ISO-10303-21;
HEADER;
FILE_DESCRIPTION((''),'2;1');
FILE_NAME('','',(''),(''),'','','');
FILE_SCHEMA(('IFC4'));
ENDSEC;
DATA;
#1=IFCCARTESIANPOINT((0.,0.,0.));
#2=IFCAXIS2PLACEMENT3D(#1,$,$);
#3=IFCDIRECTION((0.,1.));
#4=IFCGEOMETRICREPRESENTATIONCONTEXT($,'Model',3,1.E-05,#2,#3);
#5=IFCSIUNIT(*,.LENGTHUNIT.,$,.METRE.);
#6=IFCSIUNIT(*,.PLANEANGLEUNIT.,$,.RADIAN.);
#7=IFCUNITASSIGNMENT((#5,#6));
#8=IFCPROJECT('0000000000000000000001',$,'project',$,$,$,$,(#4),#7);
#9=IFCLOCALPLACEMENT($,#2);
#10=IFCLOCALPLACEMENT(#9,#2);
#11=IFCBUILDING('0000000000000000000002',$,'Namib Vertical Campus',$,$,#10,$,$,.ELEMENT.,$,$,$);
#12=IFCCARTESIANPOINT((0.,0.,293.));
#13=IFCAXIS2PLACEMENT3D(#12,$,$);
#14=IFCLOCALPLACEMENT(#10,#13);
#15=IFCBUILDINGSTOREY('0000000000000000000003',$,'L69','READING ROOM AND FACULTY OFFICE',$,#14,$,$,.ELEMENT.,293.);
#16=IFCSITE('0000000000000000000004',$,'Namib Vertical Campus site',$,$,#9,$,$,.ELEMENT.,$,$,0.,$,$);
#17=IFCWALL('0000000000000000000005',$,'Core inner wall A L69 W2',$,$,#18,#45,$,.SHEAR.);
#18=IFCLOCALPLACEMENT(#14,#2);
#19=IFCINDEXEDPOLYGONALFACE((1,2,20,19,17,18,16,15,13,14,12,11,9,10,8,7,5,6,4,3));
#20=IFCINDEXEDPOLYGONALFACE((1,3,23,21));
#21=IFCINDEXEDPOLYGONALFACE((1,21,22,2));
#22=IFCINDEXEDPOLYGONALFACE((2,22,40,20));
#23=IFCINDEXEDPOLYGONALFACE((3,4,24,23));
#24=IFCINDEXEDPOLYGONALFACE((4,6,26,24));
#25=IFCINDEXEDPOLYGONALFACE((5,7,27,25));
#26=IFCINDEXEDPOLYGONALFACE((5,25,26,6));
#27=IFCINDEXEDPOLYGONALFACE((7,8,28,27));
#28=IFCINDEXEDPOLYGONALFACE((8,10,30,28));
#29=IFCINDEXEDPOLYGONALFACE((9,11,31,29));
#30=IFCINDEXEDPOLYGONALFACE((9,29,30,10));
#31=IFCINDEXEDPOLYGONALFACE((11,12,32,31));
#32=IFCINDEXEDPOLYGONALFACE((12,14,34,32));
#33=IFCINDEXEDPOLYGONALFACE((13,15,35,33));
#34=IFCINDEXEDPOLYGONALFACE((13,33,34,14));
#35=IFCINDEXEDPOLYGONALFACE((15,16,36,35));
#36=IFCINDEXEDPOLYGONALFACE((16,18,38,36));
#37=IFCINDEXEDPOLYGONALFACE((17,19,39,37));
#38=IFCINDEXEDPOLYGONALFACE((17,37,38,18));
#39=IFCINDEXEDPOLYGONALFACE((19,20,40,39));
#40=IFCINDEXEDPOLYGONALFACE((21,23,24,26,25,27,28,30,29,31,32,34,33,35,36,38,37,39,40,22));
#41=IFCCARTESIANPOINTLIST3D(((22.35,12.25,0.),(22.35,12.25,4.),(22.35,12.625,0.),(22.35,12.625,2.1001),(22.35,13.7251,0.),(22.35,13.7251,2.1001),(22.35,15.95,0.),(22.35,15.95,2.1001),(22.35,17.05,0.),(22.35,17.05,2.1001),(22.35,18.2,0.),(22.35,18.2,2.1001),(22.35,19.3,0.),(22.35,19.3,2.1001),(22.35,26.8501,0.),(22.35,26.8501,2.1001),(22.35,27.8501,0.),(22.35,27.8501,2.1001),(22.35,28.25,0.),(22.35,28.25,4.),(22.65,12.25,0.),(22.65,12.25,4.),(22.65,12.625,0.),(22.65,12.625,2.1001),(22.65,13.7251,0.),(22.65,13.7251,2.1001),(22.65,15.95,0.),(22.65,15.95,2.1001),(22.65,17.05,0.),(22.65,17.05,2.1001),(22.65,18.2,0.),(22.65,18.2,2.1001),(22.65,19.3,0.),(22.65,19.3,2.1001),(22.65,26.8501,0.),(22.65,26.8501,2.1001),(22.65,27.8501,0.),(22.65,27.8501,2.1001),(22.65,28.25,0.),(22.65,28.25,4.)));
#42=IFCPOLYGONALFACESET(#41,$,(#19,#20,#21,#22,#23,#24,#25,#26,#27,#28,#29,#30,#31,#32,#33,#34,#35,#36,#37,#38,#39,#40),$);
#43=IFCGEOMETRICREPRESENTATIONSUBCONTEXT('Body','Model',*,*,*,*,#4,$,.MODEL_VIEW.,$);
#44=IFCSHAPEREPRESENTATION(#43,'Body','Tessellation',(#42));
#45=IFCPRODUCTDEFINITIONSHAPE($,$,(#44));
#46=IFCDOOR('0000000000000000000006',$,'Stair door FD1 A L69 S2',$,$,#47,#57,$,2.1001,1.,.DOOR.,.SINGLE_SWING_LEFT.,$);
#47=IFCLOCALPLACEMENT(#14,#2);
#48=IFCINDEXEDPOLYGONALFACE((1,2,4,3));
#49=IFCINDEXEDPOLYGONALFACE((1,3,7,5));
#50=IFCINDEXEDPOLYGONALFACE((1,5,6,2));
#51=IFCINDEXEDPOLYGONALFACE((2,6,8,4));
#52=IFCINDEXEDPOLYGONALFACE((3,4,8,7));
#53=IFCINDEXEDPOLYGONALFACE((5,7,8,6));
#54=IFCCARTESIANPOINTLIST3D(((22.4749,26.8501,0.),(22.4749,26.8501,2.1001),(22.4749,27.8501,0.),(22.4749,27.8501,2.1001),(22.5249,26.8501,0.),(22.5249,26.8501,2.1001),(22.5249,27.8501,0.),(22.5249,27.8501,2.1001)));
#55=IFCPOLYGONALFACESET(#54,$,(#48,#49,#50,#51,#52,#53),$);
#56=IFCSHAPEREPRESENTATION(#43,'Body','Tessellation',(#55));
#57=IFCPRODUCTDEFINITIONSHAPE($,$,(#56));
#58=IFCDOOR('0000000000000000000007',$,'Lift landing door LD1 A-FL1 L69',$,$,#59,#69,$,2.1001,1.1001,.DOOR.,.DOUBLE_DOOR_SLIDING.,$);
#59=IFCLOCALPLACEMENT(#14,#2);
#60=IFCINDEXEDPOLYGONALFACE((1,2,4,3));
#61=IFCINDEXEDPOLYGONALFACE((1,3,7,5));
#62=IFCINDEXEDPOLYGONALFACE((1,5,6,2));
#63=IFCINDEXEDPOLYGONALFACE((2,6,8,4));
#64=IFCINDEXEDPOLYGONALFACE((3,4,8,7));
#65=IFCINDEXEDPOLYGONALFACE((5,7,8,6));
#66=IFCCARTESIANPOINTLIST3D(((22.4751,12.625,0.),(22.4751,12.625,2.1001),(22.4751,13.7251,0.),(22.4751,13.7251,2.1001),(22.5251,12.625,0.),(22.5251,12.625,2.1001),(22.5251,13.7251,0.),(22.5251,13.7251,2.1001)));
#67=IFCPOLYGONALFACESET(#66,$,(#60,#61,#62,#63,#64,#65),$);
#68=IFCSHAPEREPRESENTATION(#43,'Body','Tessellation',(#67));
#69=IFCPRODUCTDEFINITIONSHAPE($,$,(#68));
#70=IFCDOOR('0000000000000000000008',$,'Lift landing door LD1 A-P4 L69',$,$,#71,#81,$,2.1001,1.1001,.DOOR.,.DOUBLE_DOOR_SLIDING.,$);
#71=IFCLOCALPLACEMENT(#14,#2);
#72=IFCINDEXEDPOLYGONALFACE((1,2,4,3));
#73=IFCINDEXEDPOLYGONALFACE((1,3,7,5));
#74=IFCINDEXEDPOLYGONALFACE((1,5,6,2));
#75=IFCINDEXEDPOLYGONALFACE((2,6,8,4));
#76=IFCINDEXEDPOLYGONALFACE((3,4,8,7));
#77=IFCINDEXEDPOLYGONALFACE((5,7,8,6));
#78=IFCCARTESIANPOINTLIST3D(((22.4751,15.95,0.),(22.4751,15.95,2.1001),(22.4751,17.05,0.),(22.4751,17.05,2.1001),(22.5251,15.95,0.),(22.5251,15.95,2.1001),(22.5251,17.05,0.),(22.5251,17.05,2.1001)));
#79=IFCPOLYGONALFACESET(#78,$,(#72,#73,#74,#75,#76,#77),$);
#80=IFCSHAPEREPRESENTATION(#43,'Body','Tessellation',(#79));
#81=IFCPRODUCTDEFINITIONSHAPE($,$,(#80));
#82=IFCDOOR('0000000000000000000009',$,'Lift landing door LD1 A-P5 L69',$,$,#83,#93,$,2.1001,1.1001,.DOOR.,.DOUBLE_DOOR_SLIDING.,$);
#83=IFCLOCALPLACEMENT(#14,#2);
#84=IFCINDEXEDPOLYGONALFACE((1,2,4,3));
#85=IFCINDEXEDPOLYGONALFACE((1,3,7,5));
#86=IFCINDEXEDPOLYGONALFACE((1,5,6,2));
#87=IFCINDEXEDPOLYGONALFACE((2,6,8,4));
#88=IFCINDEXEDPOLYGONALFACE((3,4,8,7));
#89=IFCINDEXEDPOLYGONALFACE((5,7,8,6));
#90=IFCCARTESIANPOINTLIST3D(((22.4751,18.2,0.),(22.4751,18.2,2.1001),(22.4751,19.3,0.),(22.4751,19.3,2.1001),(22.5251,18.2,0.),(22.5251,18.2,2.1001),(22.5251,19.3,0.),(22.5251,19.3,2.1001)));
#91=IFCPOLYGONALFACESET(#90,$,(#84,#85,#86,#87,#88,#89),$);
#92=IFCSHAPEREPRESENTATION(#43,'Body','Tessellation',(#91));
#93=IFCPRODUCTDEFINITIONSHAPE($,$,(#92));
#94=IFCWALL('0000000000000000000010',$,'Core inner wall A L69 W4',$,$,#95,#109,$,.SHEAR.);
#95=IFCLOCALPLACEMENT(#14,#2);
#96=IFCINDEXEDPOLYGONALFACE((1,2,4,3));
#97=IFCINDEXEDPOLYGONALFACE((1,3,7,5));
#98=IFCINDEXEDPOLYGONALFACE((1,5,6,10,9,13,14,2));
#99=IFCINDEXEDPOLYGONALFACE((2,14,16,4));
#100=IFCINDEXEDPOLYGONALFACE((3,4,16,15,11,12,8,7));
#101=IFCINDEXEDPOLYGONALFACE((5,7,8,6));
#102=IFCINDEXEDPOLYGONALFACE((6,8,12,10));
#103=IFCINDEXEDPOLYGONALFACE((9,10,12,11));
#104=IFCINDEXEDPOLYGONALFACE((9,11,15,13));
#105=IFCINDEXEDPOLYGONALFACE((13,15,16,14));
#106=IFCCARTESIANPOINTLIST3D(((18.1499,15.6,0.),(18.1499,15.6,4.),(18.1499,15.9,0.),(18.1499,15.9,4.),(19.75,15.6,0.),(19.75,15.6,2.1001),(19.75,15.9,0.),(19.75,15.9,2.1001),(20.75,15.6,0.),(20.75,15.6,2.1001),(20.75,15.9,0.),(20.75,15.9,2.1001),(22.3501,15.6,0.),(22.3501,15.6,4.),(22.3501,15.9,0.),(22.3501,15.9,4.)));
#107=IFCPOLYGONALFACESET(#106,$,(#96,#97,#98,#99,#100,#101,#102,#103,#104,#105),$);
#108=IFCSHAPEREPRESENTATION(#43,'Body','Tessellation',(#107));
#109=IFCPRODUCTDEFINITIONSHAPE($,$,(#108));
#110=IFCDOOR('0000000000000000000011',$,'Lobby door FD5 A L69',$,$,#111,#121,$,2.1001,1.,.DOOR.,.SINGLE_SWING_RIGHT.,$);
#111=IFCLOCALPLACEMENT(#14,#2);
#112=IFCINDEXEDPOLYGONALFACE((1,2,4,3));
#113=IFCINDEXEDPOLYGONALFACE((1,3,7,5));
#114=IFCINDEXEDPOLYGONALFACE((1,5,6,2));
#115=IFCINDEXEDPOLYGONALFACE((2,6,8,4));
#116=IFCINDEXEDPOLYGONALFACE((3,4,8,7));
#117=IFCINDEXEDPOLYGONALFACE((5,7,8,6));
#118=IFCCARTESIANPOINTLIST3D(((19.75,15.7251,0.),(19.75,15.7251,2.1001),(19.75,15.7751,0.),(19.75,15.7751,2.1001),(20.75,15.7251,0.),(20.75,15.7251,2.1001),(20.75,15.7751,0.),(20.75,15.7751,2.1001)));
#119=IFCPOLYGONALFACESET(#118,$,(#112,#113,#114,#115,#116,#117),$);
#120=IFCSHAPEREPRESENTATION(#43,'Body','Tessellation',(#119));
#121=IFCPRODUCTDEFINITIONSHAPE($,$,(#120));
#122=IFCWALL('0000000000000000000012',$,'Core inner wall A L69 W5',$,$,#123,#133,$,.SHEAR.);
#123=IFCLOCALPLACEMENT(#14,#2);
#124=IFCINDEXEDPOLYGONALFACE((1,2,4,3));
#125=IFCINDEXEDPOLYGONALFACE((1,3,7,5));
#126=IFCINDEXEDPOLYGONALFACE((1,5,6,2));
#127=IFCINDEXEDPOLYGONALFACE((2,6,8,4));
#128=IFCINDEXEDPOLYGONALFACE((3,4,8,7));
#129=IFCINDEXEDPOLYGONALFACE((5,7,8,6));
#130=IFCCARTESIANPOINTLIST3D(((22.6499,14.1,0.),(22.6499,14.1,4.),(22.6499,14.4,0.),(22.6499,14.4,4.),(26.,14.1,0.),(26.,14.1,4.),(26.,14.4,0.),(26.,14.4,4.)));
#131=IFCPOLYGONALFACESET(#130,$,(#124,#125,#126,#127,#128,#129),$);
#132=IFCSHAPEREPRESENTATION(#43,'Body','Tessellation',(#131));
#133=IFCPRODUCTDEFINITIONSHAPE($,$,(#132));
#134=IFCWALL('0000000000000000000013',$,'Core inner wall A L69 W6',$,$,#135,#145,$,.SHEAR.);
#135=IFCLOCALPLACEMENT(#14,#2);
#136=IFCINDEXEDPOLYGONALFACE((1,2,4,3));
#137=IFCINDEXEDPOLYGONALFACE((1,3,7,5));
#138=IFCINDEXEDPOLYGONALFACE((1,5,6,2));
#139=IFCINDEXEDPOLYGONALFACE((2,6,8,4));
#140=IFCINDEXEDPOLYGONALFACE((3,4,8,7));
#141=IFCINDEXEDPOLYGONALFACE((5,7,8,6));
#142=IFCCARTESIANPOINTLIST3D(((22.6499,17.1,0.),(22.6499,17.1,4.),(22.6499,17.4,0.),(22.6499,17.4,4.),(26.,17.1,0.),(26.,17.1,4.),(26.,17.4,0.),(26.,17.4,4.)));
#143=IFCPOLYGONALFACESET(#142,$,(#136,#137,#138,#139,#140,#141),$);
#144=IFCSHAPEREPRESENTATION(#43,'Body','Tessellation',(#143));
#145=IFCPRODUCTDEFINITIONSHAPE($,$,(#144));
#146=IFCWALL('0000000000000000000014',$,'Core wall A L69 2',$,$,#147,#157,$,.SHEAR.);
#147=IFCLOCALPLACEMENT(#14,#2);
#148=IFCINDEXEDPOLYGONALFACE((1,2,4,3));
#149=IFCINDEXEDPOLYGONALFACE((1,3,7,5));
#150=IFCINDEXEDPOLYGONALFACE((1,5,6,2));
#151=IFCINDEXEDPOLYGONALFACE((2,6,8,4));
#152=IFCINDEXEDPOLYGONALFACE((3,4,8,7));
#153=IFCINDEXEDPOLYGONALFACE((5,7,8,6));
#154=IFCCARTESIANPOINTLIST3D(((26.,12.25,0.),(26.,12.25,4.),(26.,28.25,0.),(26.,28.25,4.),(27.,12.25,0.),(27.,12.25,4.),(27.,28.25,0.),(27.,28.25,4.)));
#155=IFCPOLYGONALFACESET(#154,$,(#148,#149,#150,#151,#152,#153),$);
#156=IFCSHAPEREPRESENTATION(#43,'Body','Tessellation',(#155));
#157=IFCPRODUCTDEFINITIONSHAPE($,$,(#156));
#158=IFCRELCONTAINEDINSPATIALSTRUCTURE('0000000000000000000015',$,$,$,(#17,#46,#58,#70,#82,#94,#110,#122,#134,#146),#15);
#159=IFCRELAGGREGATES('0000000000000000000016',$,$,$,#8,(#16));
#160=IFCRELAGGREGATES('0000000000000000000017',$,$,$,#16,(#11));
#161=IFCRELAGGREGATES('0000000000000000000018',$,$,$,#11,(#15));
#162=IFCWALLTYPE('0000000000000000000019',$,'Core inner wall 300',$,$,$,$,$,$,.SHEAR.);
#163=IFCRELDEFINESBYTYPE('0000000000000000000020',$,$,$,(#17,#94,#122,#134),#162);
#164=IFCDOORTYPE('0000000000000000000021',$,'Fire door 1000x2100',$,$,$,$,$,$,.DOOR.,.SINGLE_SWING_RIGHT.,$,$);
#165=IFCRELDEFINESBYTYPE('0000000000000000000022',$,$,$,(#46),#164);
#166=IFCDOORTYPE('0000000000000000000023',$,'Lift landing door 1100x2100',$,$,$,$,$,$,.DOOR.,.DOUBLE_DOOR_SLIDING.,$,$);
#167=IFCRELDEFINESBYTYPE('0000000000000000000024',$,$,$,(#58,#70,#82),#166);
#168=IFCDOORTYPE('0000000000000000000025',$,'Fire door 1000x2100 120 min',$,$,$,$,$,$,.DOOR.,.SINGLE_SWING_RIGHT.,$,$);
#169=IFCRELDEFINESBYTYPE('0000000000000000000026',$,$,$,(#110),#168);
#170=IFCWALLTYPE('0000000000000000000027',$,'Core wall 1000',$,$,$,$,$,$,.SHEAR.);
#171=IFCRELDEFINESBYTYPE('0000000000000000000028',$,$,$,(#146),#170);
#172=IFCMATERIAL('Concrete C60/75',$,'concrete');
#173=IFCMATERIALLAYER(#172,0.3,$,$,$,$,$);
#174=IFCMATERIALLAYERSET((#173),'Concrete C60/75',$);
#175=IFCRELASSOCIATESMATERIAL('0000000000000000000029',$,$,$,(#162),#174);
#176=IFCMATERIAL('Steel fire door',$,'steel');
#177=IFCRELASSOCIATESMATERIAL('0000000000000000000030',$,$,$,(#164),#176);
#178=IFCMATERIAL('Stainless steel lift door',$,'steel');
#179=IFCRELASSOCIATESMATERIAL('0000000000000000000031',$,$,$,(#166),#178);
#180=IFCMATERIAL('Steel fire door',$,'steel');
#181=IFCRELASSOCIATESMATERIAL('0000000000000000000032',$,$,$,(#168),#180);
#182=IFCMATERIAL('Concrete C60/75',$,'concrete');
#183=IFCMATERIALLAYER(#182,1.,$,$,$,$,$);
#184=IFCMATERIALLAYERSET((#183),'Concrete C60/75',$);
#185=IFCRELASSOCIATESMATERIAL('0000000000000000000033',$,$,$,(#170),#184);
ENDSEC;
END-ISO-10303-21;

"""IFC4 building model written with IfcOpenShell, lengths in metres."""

from ifc_helpers import new_model, si_unit, direction, frame, frame_2d, origin, place, context, subcontext, project, spatial, rectangle, extrude, material, layer, layer_set, type_object, element, fill, save


model = new_model("IFC4")

# Units and contexts
model_context = context("Model", 3, precision=1e-05, world=origin(), true_north=direction((0.0, 1.0)))
body_context = subcontext(model_context, "Body", "Model", "MODEL_VIEW")
ifc_project = project(units=[si_unit("LENGTHUNIT", "METRE"), si_unit("PLANEANGLEUNIT", "RADIAN")], contexts=[model_context])

# Site, building, storey
site_placement = place(None, origin())
site = spatial("IfcSite", under=ifc_project, at=site_placement, Name="Namib Vertical Campus site", CompositionType="ELEMENT", RefElevation=0.0)
building_placement = place(site_placement, origin())
building = spatial("IfcBuilding", under=site, at=building_placement, Name="Namib Vertical Campus", CompositionType="ELEMENT")
storey_placement = place(building_placement, frame((0.0, 0.0, 293.0)))
storey = spatial("IfcBuildingStorey", under=building, at=storey_placement, Name="L69", Description="READING ROOM AND FACULTY OFFICE", CompositionType="ELEMENT", Elevation=293.0)

# Wall, openings, doors
ifc_material_1 = material(Name="Concrete C60/75", Category="concrete")
ifc_layer_1 = layer(ifc_material_1, 0.3)
ifc_layer_set_1 = layer_set([ifc_layer_1], Name="Concrete C60/75")
wall_type_1 = type_object("IfcWallType", Name="Core inner wall 300", PredefinedType="SHEAR", material=ifc_layer_set_1)
ifc_material_2 = material(Name="Steel fire door", Category="steel")
door_type_1 = type_object("IfcDoorType", Name="Fire door 1000x2100", OperationType="SINGLE_SWING_RIGHT", PredefinedType="DOOR", material=ifc_material_2)
ifc_material_3 = material(Name="Stainless steel lift door", Category="steel")
door_type_2 = type_object("IfcDoorType", Name="Lift landing door 1100x2100", OperationType="DOUBLE_DOOR_SLIDING", PredefinedType="DOOR", material=ifc_material_3)
wall_1_placement = place(storey_placement, frame((22.5, 12.25, 0.0), z_axis=(0.0, 0.0, 1.0), x_axis=(0.0, 1.0, 0.0)))
wall_1 = element("IfcWall", 1, at=wall_1_placement, inside=storey, type_object=wall_type_1, Name="Core inner wall A L69 W2", PredefinedType="SHEAR", context=body_context, shape_type="SweptSolid", body=[
    extrude(rectangle(XDim=16.0, YDim=0.3, at=frame_2d((8.0, 0.0))), origin(), (0.0, 0.0, 1.0), 4.0),
])
opening_1_placement = place(wall_1_placement, frame((14.6001, 0.0, 0.0)))
opening_1 = element("IfcOpeningElement", 2, at=opening_1_placement, cuts=wall_1, PredefinedType="OPENING", context=body_context, shape_type="SweptSolid", body=[
    extrude(rectangle(XDim=1.0, YDim=2.1001, at=frame_2d((0.5, 1.05))), frame((0.0, 0.1599, 0.0), z_axis=(0.0, -1.0, 0.0), x_axis=(1.0, 0.0, 0.0)), (0.0, 0.0, 1.0), 0.3201),
])
opening_2_placement = place(wall_1_placement, frame((0.375, 0.0, 0.0)))
opening_2 = element("IfcOpeningElement", 3, at=opening_2_placement, cuts=wall_1, PredefinedType="OPENING", context=body_context, shape_type="SweptSolid", body=[
    extrude(rectangle(XDim=1.1001, YDim=2.1001, at=frame_2d((0.55, 1.05))), frame((0.0, 0.1599, 0.0), z_axis=(0.0, -1.0, 0.0), x_axis=(1.0, 0.0, 0.0)), (0.0, 0.0, 1.0), 0.3201),
])
opening_3_placement = place(wall_1_placement, frame((3.7, 0.0, 0.0)))
opening_3 = element("IfcOpeningElement", 4, at=opening_3_placement, cuts=wall_1, PredefinedType="OPENING", context=body_context, shape_type="SweptSolid", body=[
    extrude(rectangle(XDim=1.1001, YDim=2.1001, at=frame_2d((0.55, 1.05))), frame((0.0, 0.1599, 0.0), z_axis=(0.0, -1.0, 0.0), x_axis=(1.0, 0.0, 0.0)), (0.0, 0.0, 1.0), 0.3201),
])
opening_4_placement = place(wall_1_placement, frame((5.95, 0.0, 0.0)))
opening_4 = element("IfcOpeningElement", 5, at=opening_4_placement, cuts=wall_1, PredefinedType="OPENING", context=body_context, shape_type="SweptSolid", body=[
    extrude(rectangle(XDim=1.1001, YDim=2.1001, at=frame_2d((0.55, 1.05))), frame((0.0, 0.1599, 0.0), z_axis=(0.0, -1.0, 0.0), x_axis=(1.0, 0.0, 0.0)), (0.0, 0.0, 1.0), 0.3201),
])
door_1_placement = place(opening_1_placement, frame((1.0, 0.0, 0.0), z_axis=(0.0, 0.0, 1.0), x_axis=(-1.0, 0.0, 0.0)))
door_1 = element("IfcDoor", 6, at=door_1_placement, inside=storey, type_object=door_type_1, Name="Stair door FD1 A L69 S2", OperationType="SINGLE_SWING_LEFT", OverallHeight=2.1001, OverallWidth=1.0, PredefinedType="DOOR", context=body_context, shape_type="SweptSolid", body=[
    extrude(rectangle(XDim=1.0, YDim=2.1001, at=frame_2d((0.5, 1.05))), frame((0.0, 0.0249, 0.0), z_axis=(0.0, -1.0, 0.0), x_axis=(1.0, 0.0, 0.0)), (0.0, 0.0, 1.0), 0.05),
])
fill(opening_1, door_1)
door_2_placement = place(opening_2_placement, origin())
door_2 = element("IfcDoor", 7, at=door_2_placement, inside=storey, type_object=door_type_2, Name="Lift landing door LD1 A-FL1 L69", OperationType="DOUBLE_DOOR_SLIDING", OverallHeight=2.1001, OverallWidth=1.1001, PredefinedType="DOOR", context=body_context, shape_type="SweptSolid", body=[
    extrude(rectangle(XDim=1.1001, YDim=2.1001, at=frame_2d((0.55, 1.05))), frame((0.0, 0.0249, 0.0), z_axis=(0.0, -1.0, 0.0), x_axis=(1.0, 0.0, 0.0)), (0.0, 0.0, 1.0), 0.05),
])
fill(opening_2, door_2)
door_3_placement = place(opening_3_placement, origin())
door_3 = element("IfcDoor", 8, at=door_3_placement, inside=storey, type_object=door_type_2, Name="Lift landing door LD1 A-P4 L69", OperationType="DOUBLE_DOOR_SLIDING", OverallHeight=2.1001, OverallWidth=1.1001, PredefinedType="DOOR", context=body_context, shape_type="SweptSolid", body=[
    extrude(rectangle(XDim=1.1001, YDim=2.1001, at=frame_2d((0.55, 1.05))), frame((0.0, 0.0249, 0.0), z_axis=(0.0, -1.0, 0.0), x_axis=(1.0, 0.0, 0.0)), (0.0, 0.0, 1.0), 0.05),
])
fill(opening_3, door_3)
door_4_placement = place(opening_4_placement, origin())
door_4 = element("IfcDoor", 9, at=door_4_placement, inside=storey, type_object=door_type_2, Name="Lift landing door LD1 A-P5 L69", OperationType="DOUBLE_DOOR_SLIDING", OverallHeight=2.1001, OverallWidth=1.1001, PredefinedType="DOOR", context=body_context, shape_type="SweptSolid", body=[
    extrude(rectangle(XDim=1.1001, YDim=2.1001, at=frame_2d((0.55, 1.05))), frame((0.0, 0.0249, 0.0), z_axis=(0.0, -1.0, 0.0), x_axis=(1.0, 0.0, 0.0)), (0.0, 0.0, 1.0), 0.05),
])
fill(opening_4, door_4)

# Wall, opening, door
wall_2_placement = place(storey_placement, frame((18.1499, 15.75, 0.0), z_axis=(0.0, 0.0, 1.0), x_axis=(1.0, 0.0, 0.0)))
wall_2 = element("IfcWall", 10, at=wall_2_placement, inside=storey, type_object=wall_type_1, Name="Core inner wall A L69 W4", PredefinedType="SHEAR", context=body_context, shape_type="SweptSolid", body=[
    extrude(rectangle(XDim=4.2002, YDim=0.3, at=frame_2d((2.1001, 0.0))), origin(), (0.0, 0.0, 1.0), 4.0),
])
opening_5_placement = place(wall_2_placement, frame((1.6001, 0.0, 0.0)))
opening_5 = element("IfcOpeningElement", 11, at=opening_5_placement, cuts=wall_2, PredefinedType="OPENING", context=body_context, shape_type="SweptSolid", body=[
    extrude(rectangle(XDim=1.0, YDim=2.1001, at=frame_2d((0.5, 1.05))), frame((0.0, 0.1599, 0.0), z_axis=(0.0, -1.0, 0.0), x_axis=(1.0, 0.0, 0.0)), (0.0, 0.0, 1.0), 0.3201),
])
ifc_material_4 = material(Name="Steel fire door", Category="steel")
door_type_3 = type_object("IfcDoorType", Name="Fire door 1000x2100 120 min", OperationType="SINGLE_SWING_RIGHT", PredefinedType="DOOR", material=ifc_material_4)
door_5_placement = place(opening_5_placement, frame((1.0, 0.0, 0.0), z_axis=(0.0, 0.0, 1.0), x_axis=(-1.0, 0.0, 0.0)))
door_5 = element("IfcDoor", 12, at=door_5_placement, inside=storey, type_object=door_type_3, Name="Lobby door FD5 A L69", OperationType="SINGLE_SWING_RIGHT", OverallHeight=2.1001, OverallWidth=1.0, PredefinedType="DOOR", context=body_context, shape_type="SweptSolid", body=[
    extrude(rectangle(XDim=1.0, YDim=2.1001, at=frame_2d((0.5, 1.05))), frame((0.0, 0.0249, 0.0), z_axis=(0.0, -1.0, 0.0), x_axis=(1.0, 0.0, 0.0)), (0.0, 0.0, 1.0), 0.05),
])
fill(opening_5, door_5)

# Walls
for number, where, z_axis, x_axis, name in (
    (13, (22.6499, 14.25, 0.0), (0.0, 0.0, 1.0), (1.0, 0.0, 0.0), "Core inner wall A L69 W5"),
    (14, (22.6499, 17.25, 0.0), (0.0, 0.0, 1.0), (1.0, 0.0, 0.0), "Core inner wall A L69 W6"),
):
    element("IfcWall", number, at=place(storey_placement, frame(where, z_axis=z_axis, x_axis=x_axis)), inside=storey, type_object=wall_type_1, Name=name, PredefinedType="SHEAR", context=body_context, shape_type="SweptSolid", body=[
        extrude(rectangle(XDim=3.3501, YDim=0.3, at=frame_2d((1.675, 0.0))), origin(), (0.0, 0.0, 1.0), 4.0),
    ])
ifc_material_5 = material(Name="Concrete C60/75", Category="concrete")
ifc_layer_2 = layer(ifc_material_5, 1.0)
ifc_layer_set_2 = layer_set([ifc_layer_2], Name="Concrete C60/75")
wall_type_2 = type_object("IfcWallType", Name="Core wall 1000", PredefinedType="SHEAR", material=ifc_layer_set_2)
wall_3_placement = place(storey_placement, frame((26.5, 12.25, 0.0), z_axis=(0.0, 0.0, 1.0), x_axis=(0.0, 1.0, 0.0)))
element("IfcWall", 15, at=wall_3_placement, inside=storey, type_object=wall_type_2, Name="Core wall A L69 2", PredefinedType="SHEAR", context=body_context, shape_type="SweptSolid", body=[
    extrude(rectangle(XDim=16.0, YDim=1.0, at=frame_2d((8.0, 0.0))), origin(), (0.0, 0.0, 1.0), 4.0),
])

save(model, "model.ifc")
